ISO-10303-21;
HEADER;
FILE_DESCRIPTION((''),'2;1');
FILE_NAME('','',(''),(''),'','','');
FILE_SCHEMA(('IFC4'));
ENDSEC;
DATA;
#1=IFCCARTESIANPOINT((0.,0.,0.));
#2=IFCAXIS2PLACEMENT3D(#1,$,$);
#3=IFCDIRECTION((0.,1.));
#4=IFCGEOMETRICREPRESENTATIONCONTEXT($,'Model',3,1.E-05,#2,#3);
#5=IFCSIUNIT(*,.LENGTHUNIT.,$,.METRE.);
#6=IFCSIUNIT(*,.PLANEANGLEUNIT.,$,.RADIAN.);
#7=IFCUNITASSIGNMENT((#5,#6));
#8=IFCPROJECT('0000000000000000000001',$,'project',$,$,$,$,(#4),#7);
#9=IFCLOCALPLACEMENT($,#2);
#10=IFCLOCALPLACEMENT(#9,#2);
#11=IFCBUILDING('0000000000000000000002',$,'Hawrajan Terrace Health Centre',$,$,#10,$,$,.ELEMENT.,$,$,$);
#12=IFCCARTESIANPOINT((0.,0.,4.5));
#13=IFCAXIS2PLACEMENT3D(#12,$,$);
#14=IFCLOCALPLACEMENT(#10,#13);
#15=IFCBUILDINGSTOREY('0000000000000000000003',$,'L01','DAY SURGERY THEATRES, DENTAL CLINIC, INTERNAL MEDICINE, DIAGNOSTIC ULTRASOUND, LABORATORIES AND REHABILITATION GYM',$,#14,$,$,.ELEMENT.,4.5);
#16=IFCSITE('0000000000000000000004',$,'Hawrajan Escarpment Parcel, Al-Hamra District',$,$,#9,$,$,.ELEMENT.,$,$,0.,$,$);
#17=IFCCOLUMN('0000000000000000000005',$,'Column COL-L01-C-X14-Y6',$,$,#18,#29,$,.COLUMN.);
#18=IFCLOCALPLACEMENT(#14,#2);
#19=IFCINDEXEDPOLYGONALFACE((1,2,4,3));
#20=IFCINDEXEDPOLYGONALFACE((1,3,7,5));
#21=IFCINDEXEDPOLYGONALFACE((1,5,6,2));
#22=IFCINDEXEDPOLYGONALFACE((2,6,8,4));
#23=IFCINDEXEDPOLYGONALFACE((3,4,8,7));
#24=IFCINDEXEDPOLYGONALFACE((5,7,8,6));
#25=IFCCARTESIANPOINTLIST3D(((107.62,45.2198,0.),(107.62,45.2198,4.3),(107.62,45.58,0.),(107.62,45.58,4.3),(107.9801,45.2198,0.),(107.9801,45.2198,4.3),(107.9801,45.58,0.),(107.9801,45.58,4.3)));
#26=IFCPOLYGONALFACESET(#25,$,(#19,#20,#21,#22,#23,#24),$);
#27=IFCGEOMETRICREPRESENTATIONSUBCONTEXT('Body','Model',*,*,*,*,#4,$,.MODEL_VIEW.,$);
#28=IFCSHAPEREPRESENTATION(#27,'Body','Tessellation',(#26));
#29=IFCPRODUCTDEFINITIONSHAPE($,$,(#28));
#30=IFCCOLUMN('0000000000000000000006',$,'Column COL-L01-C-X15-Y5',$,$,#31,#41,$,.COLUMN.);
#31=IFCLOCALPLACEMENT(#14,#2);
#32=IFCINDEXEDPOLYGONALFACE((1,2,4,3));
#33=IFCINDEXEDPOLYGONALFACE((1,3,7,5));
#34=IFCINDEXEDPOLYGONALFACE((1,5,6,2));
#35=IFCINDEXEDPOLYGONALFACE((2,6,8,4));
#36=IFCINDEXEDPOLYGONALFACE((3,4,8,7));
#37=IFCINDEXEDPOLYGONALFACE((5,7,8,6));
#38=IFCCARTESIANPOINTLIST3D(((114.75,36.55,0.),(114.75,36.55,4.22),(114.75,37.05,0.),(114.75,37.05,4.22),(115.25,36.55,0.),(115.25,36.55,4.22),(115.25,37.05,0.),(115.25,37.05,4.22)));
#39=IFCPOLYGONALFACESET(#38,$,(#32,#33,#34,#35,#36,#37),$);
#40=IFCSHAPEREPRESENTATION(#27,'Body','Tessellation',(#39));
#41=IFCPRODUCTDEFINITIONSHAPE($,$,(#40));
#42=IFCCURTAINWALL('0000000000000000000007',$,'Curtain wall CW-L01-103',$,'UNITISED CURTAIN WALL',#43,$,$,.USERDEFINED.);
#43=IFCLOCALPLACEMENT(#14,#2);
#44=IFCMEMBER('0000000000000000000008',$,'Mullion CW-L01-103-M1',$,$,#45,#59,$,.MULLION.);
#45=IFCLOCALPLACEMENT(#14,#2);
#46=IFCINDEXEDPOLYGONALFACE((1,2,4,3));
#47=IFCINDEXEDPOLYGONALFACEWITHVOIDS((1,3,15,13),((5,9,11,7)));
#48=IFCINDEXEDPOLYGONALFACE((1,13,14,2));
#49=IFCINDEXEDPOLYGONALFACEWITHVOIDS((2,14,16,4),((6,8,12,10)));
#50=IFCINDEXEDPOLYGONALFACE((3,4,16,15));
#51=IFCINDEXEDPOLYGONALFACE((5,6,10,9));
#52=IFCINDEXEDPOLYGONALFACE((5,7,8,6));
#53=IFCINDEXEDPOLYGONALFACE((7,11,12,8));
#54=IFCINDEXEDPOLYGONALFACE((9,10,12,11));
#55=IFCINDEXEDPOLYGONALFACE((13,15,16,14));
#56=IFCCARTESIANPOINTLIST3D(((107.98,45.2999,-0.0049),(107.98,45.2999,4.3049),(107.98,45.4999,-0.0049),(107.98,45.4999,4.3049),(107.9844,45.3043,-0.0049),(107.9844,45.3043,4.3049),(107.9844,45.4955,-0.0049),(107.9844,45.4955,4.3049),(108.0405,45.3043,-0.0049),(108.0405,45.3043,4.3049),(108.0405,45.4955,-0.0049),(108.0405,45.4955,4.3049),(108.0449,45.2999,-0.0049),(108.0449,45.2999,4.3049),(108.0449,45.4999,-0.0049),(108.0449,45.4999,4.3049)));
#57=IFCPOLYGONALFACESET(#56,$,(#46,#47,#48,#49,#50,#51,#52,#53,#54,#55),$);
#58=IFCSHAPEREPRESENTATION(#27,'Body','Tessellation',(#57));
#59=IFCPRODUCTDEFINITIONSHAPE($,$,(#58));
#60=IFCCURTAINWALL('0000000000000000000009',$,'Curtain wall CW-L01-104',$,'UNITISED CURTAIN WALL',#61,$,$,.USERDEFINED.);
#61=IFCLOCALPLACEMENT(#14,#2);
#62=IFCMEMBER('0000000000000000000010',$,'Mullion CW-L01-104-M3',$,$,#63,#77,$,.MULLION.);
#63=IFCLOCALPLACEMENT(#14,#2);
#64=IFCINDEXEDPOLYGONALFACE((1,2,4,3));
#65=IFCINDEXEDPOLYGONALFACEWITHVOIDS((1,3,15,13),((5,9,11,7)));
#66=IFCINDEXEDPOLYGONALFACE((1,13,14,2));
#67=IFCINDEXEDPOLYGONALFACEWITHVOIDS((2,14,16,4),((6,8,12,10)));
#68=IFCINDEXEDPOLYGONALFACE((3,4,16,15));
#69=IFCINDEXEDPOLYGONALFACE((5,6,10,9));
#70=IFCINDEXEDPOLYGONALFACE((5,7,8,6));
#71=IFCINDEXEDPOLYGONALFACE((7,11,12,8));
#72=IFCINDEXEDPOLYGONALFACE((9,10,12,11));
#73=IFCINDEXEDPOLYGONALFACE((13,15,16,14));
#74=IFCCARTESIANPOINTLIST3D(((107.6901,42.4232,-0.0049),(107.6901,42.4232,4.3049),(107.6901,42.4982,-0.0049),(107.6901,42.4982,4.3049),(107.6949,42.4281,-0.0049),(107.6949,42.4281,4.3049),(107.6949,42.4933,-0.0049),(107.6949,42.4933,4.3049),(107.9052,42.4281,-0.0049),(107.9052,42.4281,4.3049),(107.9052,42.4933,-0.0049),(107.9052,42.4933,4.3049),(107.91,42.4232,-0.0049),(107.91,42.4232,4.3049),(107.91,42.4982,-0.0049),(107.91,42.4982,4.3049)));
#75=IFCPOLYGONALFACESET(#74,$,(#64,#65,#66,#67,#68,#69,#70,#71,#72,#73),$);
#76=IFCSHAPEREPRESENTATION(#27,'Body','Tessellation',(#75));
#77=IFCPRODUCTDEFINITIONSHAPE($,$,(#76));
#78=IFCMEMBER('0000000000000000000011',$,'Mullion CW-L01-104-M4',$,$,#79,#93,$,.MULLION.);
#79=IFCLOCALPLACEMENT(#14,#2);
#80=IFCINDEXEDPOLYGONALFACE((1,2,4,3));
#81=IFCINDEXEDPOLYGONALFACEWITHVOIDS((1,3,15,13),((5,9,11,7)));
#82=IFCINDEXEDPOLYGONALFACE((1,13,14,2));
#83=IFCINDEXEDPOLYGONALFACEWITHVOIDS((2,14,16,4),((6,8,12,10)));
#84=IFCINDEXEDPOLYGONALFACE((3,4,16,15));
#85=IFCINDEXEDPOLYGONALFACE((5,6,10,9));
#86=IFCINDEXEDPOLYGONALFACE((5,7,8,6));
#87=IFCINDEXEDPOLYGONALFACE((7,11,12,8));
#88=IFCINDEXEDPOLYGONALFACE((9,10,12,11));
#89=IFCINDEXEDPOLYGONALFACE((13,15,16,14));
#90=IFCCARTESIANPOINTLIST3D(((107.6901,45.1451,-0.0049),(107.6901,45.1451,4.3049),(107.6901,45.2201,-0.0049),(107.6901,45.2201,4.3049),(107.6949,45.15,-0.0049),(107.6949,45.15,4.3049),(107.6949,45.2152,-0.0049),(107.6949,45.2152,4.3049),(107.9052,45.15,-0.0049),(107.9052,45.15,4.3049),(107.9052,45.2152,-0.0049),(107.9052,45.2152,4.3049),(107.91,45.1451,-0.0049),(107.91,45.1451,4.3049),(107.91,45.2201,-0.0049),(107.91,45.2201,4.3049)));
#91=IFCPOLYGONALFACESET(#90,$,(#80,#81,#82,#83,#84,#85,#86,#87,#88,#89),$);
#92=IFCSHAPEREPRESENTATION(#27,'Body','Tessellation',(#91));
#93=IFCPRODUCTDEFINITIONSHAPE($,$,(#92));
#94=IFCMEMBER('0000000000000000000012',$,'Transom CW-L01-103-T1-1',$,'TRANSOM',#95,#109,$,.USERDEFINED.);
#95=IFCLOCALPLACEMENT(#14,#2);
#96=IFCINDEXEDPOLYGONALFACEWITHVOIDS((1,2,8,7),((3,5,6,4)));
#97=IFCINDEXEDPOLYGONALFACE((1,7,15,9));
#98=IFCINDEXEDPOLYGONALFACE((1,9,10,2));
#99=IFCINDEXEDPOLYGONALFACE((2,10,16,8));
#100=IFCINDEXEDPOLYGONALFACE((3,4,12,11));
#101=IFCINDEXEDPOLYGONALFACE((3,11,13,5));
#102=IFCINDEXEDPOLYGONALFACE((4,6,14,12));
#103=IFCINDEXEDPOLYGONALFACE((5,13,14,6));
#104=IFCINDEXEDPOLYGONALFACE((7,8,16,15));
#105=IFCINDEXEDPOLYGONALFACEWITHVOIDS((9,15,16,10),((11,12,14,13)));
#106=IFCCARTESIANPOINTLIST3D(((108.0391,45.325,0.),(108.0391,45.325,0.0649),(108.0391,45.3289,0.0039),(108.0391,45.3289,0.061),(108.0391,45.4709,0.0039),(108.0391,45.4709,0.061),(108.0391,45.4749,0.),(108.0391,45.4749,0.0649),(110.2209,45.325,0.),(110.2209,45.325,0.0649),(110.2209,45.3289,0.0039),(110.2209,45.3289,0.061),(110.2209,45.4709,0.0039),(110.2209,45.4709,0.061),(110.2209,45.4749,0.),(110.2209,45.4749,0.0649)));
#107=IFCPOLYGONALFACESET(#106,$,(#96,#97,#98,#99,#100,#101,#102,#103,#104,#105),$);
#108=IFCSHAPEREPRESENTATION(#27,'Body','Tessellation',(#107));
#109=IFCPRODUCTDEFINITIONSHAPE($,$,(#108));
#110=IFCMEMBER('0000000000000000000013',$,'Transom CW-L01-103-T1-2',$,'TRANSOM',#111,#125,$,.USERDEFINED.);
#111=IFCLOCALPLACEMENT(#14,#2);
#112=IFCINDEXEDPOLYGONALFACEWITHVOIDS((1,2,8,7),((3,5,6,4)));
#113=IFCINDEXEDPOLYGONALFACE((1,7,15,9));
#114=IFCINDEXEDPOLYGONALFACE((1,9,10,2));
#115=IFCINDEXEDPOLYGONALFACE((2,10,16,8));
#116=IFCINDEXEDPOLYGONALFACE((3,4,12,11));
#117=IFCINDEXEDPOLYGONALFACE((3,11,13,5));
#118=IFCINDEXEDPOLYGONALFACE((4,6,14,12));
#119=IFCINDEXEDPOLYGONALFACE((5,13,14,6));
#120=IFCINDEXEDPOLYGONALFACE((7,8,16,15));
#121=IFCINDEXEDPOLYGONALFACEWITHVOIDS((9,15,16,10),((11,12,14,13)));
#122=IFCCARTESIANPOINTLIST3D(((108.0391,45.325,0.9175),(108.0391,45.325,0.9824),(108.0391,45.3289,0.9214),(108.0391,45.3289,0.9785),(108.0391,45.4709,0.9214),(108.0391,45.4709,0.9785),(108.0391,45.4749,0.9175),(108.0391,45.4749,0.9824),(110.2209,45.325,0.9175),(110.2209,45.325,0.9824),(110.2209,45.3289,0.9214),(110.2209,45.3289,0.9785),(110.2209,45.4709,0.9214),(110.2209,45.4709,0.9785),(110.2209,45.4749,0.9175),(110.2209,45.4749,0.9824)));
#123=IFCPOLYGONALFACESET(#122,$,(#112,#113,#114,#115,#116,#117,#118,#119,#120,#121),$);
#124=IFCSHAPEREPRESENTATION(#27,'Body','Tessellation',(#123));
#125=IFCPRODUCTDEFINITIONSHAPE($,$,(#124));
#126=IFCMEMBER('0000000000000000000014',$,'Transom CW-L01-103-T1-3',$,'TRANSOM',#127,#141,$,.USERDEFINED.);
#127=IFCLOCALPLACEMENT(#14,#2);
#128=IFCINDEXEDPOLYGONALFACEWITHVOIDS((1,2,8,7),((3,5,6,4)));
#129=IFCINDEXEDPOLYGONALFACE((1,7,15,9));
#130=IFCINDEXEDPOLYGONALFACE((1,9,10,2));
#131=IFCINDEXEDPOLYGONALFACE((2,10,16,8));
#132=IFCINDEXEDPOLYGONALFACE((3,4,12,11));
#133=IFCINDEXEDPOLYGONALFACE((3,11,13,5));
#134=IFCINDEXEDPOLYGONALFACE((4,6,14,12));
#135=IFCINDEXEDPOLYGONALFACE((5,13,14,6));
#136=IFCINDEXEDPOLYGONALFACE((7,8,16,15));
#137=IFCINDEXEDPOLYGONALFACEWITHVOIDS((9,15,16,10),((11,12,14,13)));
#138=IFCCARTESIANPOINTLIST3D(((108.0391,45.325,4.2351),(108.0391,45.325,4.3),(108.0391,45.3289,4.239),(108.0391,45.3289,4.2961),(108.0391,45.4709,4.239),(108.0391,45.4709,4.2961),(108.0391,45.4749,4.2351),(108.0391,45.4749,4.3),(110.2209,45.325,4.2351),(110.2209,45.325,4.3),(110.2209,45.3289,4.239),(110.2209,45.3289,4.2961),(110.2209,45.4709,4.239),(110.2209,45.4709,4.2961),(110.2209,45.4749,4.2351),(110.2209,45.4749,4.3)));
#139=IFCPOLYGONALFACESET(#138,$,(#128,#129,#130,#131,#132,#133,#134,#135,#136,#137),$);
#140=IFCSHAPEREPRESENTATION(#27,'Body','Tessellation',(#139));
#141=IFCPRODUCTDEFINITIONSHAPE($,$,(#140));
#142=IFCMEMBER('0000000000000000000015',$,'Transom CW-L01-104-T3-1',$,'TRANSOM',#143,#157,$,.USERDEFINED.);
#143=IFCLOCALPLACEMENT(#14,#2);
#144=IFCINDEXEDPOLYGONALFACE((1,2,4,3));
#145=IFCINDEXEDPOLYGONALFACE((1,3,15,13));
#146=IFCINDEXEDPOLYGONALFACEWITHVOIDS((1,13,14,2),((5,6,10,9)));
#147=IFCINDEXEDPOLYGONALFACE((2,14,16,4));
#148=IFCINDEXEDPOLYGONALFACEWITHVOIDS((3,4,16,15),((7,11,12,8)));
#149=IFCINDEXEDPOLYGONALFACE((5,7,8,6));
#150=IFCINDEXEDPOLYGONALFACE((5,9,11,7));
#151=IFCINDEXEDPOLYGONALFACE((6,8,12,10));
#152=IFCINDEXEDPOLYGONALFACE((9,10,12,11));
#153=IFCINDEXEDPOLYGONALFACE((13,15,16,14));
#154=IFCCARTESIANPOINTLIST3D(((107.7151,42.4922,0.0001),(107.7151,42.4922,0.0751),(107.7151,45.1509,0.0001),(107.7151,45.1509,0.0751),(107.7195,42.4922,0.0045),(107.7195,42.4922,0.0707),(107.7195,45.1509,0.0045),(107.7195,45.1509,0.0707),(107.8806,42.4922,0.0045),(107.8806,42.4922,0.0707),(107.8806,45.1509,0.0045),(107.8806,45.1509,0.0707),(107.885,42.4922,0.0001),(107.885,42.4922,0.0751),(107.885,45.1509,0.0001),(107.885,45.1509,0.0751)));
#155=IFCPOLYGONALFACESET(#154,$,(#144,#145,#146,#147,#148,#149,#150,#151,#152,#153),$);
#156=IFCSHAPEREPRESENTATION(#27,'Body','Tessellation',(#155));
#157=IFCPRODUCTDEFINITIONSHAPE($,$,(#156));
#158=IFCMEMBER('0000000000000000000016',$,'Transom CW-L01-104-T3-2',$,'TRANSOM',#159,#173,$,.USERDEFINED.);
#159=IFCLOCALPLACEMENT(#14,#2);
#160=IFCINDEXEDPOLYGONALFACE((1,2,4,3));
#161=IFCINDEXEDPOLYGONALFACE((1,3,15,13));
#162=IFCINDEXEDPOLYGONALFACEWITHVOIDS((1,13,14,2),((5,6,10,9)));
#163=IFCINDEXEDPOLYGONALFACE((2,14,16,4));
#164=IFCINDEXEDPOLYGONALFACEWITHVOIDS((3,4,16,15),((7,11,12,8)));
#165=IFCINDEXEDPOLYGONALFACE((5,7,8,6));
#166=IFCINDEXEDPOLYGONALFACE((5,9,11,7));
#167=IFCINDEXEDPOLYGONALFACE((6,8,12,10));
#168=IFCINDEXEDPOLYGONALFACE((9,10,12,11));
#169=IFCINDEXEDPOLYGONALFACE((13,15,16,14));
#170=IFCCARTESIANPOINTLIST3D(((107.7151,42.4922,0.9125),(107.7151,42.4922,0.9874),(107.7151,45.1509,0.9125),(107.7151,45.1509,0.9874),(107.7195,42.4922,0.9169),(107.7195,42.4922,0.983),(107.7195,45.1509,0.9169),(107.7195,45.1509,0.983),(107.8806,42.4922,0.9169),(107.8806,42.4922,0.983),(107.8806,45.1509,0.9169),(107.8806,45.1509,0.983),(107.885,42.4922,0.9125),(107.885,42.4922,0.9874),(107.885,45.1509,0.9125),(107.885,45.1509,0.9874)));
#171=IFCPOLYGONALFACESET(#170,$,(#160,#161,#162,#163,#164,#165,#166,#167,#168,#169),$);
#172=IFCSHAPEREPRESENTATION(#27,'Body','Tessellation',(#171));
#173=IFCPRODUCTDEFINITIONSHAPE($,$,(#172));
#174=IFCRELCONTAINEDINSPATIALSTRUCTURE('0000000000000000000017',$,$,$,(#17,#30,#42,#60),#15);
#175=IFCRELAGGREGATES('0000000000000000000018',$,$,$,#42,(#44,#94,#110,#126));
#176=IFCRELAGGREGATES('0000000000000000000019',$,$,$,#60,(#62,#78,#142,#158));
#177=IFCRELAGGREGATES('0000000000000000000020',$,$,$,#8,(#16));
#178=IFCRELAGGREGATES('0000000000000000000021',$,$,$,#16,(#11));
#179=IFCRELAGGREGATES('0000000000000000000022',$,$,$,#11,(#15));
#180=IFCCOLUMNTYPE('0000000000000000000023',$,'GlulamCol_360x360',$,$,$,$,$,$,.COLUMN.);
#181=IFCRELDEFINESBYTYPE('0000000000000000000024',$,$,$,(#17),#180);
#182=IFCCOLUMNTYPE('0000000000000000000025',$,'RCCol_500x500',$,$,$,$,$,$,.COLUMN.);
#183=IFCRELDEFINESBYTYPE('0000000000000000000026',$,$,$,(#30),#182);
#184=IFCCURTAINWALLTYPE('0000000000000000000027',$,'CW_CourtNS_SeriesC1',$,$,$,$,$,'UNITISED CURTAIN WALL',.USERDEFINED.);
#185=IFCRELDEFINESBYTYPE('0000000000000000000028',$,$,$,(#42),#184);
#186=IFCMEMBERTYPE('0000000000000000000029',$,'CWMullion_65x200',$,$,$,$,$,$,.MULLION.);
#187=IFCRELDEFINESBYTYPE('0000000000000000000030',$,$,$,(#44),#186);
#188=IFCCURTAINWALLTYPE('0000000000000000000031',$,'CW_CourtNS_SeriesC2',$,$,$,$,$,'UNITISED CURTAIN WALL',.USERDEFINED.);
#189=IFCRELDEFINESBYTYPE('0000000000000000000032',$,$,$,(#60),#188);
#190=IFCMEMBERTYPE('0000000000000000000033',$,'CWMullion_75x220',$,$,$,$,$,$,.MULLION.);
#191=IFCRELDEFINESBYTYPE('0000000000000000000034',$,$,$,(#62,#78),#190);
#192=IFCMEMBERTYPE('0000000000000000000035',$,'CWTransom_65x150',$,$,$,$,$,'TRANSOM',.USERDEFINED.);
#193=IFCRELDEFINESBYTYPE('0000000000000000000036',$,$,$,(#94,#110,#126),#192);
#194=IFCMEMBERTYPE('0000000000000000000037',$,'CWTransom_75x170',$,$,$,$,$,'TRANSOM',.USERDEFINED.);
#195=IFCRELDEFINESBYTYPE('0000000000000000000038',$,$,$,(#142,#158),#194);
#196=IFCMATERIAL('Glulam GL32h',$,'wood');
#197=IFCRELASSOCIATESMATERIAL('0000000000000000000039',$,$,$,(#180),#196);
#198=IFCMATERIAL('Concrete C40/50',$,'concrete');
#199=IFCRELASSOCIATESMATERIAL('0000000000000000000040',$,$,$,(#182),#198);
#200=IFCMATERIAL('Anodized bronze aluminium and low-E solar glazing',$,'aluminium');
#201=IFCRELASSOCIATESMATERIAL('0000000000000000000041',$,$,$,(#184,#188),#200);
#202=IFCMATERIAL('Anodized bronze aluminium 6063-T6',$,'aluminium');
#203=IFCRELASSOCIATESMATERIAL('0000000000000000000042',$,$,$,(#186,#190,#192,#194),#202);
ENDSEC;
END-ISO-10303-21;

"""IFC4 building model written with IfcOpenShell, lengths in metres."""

from ifc_helpers import new_model, si_unit, direction, frame, origin, origin_2d, place, context, subcontext, project, spatial, rectangle, hollow_rectangle, extrude, material, material_profile, profile_set, type_object, element, aggregate, save


model = new_model("IFC4")

# Units and contexts
model_context = context("Model", 3, precision=1e-05, world=origin(), true_north=direction((0.0, 1.0)))
body_context = subcontext(model_context, "Body", "Model", "MODEL_VIEW")
ifc_project = project(units=[si_unit("LENGTHUNIT", "METRE"), si_unit("PLANEANGLEUNIT", "RADIAN")], contexts=[model_context])

# Site, building, storey
site_placement = place(None, origin())
site = spatial("IfcSite", under=ifc_project, at=site_placement, Name="Hawrajan Escarpment Parcel, Al-Hamra District", CompositionType="ELEMENT", RefElevation=0.0)
building_placement = place(site_placement, origin())
building = spatial("IfcBuilding", under=site, at=building_placement, Name="Hawrajan Terrace Health Centre", CompositionType="ELEMENT")
storey_placement = place(building_placement, frame((0.0, 0.0, 4.5)))
storey = spatial("IfcBuildingStorey", under=building, at=storey_placement, Name="L01", Description="DAY SURGERY THEATRES, DENTAL CLINIC, INTERNAL MEDICINE, DIAGNOSTIC ULTRASOUND, LABORATORIES AND REHABILITATION GYM", CompositionType="ELEMENT", Elevation=4.5)

# Columns
ifc_material_1 = material(Name="Glulam GL32h", Category="wood")
ifc_material_profile_1 = material_profile(ifc_material_1, rectangle(XDim=0.3601, YDim=0.3601, at=origin_2d()), Name="GL 360x360")
ifc_profile_set_1 = profile_set([ifc_material_profile_1], Name="Glulam GL32h")
column_type_1 = type_object("IfcColumnType", Name="GlulamCol_360x360", PredefinedType="COLUMN", material=ifc_profile_set_1)
column_1_placement = place(storey_placement, frame((107.8, 45.3999, 0.0), z_axis=(0.0, 0.0, 1.0), x_axis=(1.0, 0.0, 0.0)))
element("IfcColumn", 1, at=column_1_placement, inside=storey, type_object=column_type_1, Name="Column COL-L01-C-X14-Y6", PredefinedType="COLUMN", context=body_context, shape_type="SweptSolid", body=[
    extrude(rectangle(XDim=0.3601, YDim=0.3601, at=origin_2d()), origin(), (0.0, 0.0, 1.0), 4.3),
])
ifc_material_2 = material(Name="Concrete C40/50", Category="concrete")
ifc_material_profile_2 = material_profile(ifc_material_2, rectangle(XDim=0.5, YDim=0.5, at=origin_2d()), Name="RC 500x500")
ifc_profile_set_2 = profile_set([ifc_material_profile_2], Name="Concrete C40/50")
column_type_2 = type_object("IfcColumnType", Name="RCCol_500x500", PredefinedType="COLUMN", material=ifc_profile_set_2)
column_2_placement = place(storey_placement, frame((115.0, 36.8, 0.0), z_axis=(0.0, 0.0, 1.0), x_axis=(1.0, 0.0, 0.0)))
element("IfcColumn", 2, at=column_2_placement, inside=storey, type_object=column_type_2, Name="Column COL-L01-C-X15-Y5", PredefinedType="COLUMN", context=body_context, shape_type="SweptSolid", body=[
    extrude(rectangle(XDim=0.5, YDim=0.5, at=origin_2d()), origin(), (0.0, 0.0, 1.0), 4.22),
])

# Curtain wall, member
ifc_material_3 = material(Name="Anodized bronze aluminium and low-E solar glazing", Category="aluminium")
curtain_wall_type_1 = type_object("IfcCurtainWallType", Name="CW_CourtNS_SeriesC1", ElementType="UNITISED CURTAIN WALL", PredefinedType="USERDEFINED", material=ifc_material_3)
curtain_wall_1_placement = place(storey_placement, origin())
curtain_wall_1 = element("IfcCurtainWall", 3, at=curtain_wall_1_placement, inside=storey, type_object=curtain_wall_type_1, Name="Curtain wall CW-L01-103", ObjectType="UNITISED CURTAIN WALL", PredefinedType="USERDEFINED")
ifc_material_4 = material(Name="Anodized bronze aluminium 6063-T6", Category="aluminium")
ifc_material_profile_3 = material_profile(ifc_material_4, hollow_rectangle(XDim=0.0649, YDim=0.2, WallThickness=0.0044, at=origin_2d()), Name="CW MUL 65x200")
ifc_profile_set_3 = profile_set([ifc_material_profile_3], Name="Anodized bronze aluminium 6063-T6")
member_type_1 = type_object("IfcMemberType", Name="CWMullion_65x200", PredefinedType="MULLION", material=ifc_profile_set_3)
member_1_placement = place(storey_placement, frame((108.0125, 45.3999, -0.0049), z_axis=(0.0, 0.0, 1.0), x_axis=(1.0, 0.0, 0.0)))
member_1 = element("IfcMember", 4, at=member_1_placement, type_object=member_type_1, Name="Mullion CW-L01-103-M1", PredefinedType="MULLION", context=body_context, shape_type="SweptSolid", body=[
    extrude(hollow_rectangle(XDim=0.0649, YDim=0.2, WallThickness=0.0044, at=origin_2d()), origin(), (0.0, 0.0, 1.0), 4.3098),
])

# Curtain wall, members
curtain_wall_type_2 = type_object("IfcCurtainWallType", Name="CW_CourtNS_SeriesC2", ElementType="UNITISED CURTAIN WALL", PredefinedType="USERDEFINED", material=ifc_material_3)
curtain_wall_2_placement = place(storey_placement, origin())
curtain_wall_2 = element("IfcCurtainWall", 5, at=curtain_wall_2_placement, inside=storey, type_object=curtain_wall_type_2, Name="Curtain wall CW-L01-104", ObjectType="UNITISED CURTAIN WALL", PredefinedType="USERDEFINED")
ifc_material_profile_4 = material_profile(ifc_material_4, hollow_rectangle(XDim=0.075, YDim=0.22, WallThickness=0.0049, at=origin_2d()), Name="CW MUL 75x220")
ifc_profile_set_4 = profile_set([ifc_material_profile_4], Name="Anodized bronze aluminium 6063-T6")
member_type_2 = type_object("IfcMemberType", Name="CWMullion_75x220", PredefinedType="MULLION", material=ifc_profile_set_4)
member_2_placement = place(storey_placement, frame((107.8, 42.4607, -0.0049), z_axis=(0.0, 0.0, 1.0), x_axis=(0.0, 1.0, 0.0)))
member_2 = element("IfcMember", 6, at=member_2_placement, type_object=member_type_2, Name="Mullion CW-L01-104-M3", PredefinedType="MULLION", context=body_context, shape_type="SweptSolid", body=[
    extrude(hollow_rectangle(XDim=0.075, YDim=0.22, WallThickness=0.0049, at=origin_2d()), origin(), (0.0, 0.0, 1.0), 4.3098),
])
member_3_placement = place(storey_placement, frame((107.8, 45.1826, -0.0049), z_axis=(0.0, 0.0, 1.0), x_axis=(0.0, 1.0, 0.0)))
member_3 = element("IfcMember", 7, at=member_3_placement, type_object=member_type_2, Name="Mullion CW-L01-104-M4", PredefinedType="MULLION", context=body_context, shape_type="SweptSolid", body=[
    extrude(hollow_rectangle(XDim=0.075, YDim=0.22, WallThickness=0.0049, at=origin_2d()), origin(), (0.0, 0.0, 1.0), 4.3098),
])

# Members
ifc_material_profile_5 = material_profile(ifc_material_4, hollow_rectangle(XDim=0.0649, YDim=0.1499, WallThickness=0.0039, at=origin_2d()), Name="CW TRN 65x150")
ifc_profile_set_5 = profile_set([ifc_material_profile_5], Name="Anodized bronze aluminium 6063-T6")
member_type_3 = type_object("IfcMemberType", Name="CWTransom_65x150", ElementType="TRANSOM", PredefinedType="USERDEFINED", material=ifc_profile_set_5)
member_4_placement = place(storey_placement, frame((108.0391, 45.3999, 0.0325), z_axis=(1.0, 0.0, 0.0), x_axis=(0.0, 0.0, 1.0)))
member_4 = element("IfcMember", 8, at=member_4_placement, type_object=member_type_3, Name="Transom CW-L01-103-T1-1", ObjectType="TRANSOM", PredefinedType="USERDEFINED", context=body_context, shape_type="SweptSolid", body=[
    extrude(hollow_rectangle(XDim=0.0649, YDim=0.1499, WallThickness=0.0039, at=origin_2d()), origin(), (0.0, 0.0, 1.0), 2.1819),
])
member_5_placement = place(storey_placement, frame((108.0391, 45.3999, 0.95), z_axis=(1.0, 0.0, 0.0), x_axis=(0.0, 0.0, 1.0)))
member_5 = element("IfcMember", 9, at=member_5_placement, type_object=member_type_3, Name="Transom CW-L01-103-T1-2", ObjectType="TRANSOM", PredefinedType="USERDEFINED", context=body_context, shape_type="SweptSolid", body=[
    extrude(hollow_rectangle(XDim=0.0649, YDim=0.1499, WallThickness=0.0039, at=origin_2d()), origin(), (0.0, 0.0, 1.0), 2.1819),
])
member_6_placement = place(storey_placement, frame((108.0391, 45.3999, 4.2676), z_axis=(1.0, 0.0, 0.0), x_axis=(0.0, 0.0, 1.0)))
member_6 = element("IfcMember", 10, at=member_6_placement, type_object=member_type_3, Name="Transom CW-L01-103-T1-3", ObjectType="TRANSOM", PredefinedType="USERDEFINED", context=body_context, shape_type="SweptSolid", body=[
    extrude(hollow_rectangle(XDim=0.0649, YDim=0.1499, WallThickness=0.0039, at=origin_2d()), origin(), (0.0, 0.0, 1.0), 2.1819),
])
aggregate(curtain_wall_1, [member_1, member_4, member_5, member_6])
ifc_material_profile_6 = material_profile(ifc_material_4, hollow_rectangle(XDim=0.075, YDim=0.1699, WallThickness=0.0044, at=origin_2d()), Name="CW TRN 75x170")
ifc_profile_set_6 = profile_set([ifc_material_profile_6], Name="Anodized bronze aluminium 6063-T6")
member_type_4 = type_object("IfcMemberType", Name="CWTransom_75x170", ElementType="TRANSOM", PredefinedType="USERDEFINED", material=ifc_profile_set_6)
member_7_placement = place(storey_placement, frame((107.8, 42.4922, 0.0376), z_axis=(0.0, 1.0, 0.0), x_axis=(0.0, 0.0, 1.0)))
member_7 = element("IfcMember", 11, at=member_7_placement, type_object=member_type_4, Name="Transom CW-L01-104-T3-1", ObjectType="TRANSOM", PredefinedType="USERDEFINED", context=body_context, shape_type="SweptSolid", body=[
    extrude(hollow_rectangle(XDim=0.075, YDim=0.1699, WallThickness=0.0044, at=origin_2d()), origin(), (0.0, 0.0, 1.0), 2.6587),
])
member_8_placement = place(storey_placement, frame((107.8, 42.4922, 0.95), z_axis=(0.0, 1.0, 0.0), x_axis=(0.0, 0.0, 1.0)))
member_8 = element("IfcMember", 12, at=member_8_placement, type_object=member_type_4, Name="Transom CW-L01-104-T3-2", ObjectType="TRANSOM", PredefinedType="USERDEFINED", context=body_context, shape_type="SweptSolid", body=[
    extrude(hollow_rectangle(XDim=0.075, YDim=0.1699, WallThickness=0.0044, at=origin_2d()), origin(), (0.0, 0.0, 1.0), 2.6587),
])

aggregate(curtain_wall_2, [member_2, member_3, member_7, member_8])

save(model, "model.ifc")
